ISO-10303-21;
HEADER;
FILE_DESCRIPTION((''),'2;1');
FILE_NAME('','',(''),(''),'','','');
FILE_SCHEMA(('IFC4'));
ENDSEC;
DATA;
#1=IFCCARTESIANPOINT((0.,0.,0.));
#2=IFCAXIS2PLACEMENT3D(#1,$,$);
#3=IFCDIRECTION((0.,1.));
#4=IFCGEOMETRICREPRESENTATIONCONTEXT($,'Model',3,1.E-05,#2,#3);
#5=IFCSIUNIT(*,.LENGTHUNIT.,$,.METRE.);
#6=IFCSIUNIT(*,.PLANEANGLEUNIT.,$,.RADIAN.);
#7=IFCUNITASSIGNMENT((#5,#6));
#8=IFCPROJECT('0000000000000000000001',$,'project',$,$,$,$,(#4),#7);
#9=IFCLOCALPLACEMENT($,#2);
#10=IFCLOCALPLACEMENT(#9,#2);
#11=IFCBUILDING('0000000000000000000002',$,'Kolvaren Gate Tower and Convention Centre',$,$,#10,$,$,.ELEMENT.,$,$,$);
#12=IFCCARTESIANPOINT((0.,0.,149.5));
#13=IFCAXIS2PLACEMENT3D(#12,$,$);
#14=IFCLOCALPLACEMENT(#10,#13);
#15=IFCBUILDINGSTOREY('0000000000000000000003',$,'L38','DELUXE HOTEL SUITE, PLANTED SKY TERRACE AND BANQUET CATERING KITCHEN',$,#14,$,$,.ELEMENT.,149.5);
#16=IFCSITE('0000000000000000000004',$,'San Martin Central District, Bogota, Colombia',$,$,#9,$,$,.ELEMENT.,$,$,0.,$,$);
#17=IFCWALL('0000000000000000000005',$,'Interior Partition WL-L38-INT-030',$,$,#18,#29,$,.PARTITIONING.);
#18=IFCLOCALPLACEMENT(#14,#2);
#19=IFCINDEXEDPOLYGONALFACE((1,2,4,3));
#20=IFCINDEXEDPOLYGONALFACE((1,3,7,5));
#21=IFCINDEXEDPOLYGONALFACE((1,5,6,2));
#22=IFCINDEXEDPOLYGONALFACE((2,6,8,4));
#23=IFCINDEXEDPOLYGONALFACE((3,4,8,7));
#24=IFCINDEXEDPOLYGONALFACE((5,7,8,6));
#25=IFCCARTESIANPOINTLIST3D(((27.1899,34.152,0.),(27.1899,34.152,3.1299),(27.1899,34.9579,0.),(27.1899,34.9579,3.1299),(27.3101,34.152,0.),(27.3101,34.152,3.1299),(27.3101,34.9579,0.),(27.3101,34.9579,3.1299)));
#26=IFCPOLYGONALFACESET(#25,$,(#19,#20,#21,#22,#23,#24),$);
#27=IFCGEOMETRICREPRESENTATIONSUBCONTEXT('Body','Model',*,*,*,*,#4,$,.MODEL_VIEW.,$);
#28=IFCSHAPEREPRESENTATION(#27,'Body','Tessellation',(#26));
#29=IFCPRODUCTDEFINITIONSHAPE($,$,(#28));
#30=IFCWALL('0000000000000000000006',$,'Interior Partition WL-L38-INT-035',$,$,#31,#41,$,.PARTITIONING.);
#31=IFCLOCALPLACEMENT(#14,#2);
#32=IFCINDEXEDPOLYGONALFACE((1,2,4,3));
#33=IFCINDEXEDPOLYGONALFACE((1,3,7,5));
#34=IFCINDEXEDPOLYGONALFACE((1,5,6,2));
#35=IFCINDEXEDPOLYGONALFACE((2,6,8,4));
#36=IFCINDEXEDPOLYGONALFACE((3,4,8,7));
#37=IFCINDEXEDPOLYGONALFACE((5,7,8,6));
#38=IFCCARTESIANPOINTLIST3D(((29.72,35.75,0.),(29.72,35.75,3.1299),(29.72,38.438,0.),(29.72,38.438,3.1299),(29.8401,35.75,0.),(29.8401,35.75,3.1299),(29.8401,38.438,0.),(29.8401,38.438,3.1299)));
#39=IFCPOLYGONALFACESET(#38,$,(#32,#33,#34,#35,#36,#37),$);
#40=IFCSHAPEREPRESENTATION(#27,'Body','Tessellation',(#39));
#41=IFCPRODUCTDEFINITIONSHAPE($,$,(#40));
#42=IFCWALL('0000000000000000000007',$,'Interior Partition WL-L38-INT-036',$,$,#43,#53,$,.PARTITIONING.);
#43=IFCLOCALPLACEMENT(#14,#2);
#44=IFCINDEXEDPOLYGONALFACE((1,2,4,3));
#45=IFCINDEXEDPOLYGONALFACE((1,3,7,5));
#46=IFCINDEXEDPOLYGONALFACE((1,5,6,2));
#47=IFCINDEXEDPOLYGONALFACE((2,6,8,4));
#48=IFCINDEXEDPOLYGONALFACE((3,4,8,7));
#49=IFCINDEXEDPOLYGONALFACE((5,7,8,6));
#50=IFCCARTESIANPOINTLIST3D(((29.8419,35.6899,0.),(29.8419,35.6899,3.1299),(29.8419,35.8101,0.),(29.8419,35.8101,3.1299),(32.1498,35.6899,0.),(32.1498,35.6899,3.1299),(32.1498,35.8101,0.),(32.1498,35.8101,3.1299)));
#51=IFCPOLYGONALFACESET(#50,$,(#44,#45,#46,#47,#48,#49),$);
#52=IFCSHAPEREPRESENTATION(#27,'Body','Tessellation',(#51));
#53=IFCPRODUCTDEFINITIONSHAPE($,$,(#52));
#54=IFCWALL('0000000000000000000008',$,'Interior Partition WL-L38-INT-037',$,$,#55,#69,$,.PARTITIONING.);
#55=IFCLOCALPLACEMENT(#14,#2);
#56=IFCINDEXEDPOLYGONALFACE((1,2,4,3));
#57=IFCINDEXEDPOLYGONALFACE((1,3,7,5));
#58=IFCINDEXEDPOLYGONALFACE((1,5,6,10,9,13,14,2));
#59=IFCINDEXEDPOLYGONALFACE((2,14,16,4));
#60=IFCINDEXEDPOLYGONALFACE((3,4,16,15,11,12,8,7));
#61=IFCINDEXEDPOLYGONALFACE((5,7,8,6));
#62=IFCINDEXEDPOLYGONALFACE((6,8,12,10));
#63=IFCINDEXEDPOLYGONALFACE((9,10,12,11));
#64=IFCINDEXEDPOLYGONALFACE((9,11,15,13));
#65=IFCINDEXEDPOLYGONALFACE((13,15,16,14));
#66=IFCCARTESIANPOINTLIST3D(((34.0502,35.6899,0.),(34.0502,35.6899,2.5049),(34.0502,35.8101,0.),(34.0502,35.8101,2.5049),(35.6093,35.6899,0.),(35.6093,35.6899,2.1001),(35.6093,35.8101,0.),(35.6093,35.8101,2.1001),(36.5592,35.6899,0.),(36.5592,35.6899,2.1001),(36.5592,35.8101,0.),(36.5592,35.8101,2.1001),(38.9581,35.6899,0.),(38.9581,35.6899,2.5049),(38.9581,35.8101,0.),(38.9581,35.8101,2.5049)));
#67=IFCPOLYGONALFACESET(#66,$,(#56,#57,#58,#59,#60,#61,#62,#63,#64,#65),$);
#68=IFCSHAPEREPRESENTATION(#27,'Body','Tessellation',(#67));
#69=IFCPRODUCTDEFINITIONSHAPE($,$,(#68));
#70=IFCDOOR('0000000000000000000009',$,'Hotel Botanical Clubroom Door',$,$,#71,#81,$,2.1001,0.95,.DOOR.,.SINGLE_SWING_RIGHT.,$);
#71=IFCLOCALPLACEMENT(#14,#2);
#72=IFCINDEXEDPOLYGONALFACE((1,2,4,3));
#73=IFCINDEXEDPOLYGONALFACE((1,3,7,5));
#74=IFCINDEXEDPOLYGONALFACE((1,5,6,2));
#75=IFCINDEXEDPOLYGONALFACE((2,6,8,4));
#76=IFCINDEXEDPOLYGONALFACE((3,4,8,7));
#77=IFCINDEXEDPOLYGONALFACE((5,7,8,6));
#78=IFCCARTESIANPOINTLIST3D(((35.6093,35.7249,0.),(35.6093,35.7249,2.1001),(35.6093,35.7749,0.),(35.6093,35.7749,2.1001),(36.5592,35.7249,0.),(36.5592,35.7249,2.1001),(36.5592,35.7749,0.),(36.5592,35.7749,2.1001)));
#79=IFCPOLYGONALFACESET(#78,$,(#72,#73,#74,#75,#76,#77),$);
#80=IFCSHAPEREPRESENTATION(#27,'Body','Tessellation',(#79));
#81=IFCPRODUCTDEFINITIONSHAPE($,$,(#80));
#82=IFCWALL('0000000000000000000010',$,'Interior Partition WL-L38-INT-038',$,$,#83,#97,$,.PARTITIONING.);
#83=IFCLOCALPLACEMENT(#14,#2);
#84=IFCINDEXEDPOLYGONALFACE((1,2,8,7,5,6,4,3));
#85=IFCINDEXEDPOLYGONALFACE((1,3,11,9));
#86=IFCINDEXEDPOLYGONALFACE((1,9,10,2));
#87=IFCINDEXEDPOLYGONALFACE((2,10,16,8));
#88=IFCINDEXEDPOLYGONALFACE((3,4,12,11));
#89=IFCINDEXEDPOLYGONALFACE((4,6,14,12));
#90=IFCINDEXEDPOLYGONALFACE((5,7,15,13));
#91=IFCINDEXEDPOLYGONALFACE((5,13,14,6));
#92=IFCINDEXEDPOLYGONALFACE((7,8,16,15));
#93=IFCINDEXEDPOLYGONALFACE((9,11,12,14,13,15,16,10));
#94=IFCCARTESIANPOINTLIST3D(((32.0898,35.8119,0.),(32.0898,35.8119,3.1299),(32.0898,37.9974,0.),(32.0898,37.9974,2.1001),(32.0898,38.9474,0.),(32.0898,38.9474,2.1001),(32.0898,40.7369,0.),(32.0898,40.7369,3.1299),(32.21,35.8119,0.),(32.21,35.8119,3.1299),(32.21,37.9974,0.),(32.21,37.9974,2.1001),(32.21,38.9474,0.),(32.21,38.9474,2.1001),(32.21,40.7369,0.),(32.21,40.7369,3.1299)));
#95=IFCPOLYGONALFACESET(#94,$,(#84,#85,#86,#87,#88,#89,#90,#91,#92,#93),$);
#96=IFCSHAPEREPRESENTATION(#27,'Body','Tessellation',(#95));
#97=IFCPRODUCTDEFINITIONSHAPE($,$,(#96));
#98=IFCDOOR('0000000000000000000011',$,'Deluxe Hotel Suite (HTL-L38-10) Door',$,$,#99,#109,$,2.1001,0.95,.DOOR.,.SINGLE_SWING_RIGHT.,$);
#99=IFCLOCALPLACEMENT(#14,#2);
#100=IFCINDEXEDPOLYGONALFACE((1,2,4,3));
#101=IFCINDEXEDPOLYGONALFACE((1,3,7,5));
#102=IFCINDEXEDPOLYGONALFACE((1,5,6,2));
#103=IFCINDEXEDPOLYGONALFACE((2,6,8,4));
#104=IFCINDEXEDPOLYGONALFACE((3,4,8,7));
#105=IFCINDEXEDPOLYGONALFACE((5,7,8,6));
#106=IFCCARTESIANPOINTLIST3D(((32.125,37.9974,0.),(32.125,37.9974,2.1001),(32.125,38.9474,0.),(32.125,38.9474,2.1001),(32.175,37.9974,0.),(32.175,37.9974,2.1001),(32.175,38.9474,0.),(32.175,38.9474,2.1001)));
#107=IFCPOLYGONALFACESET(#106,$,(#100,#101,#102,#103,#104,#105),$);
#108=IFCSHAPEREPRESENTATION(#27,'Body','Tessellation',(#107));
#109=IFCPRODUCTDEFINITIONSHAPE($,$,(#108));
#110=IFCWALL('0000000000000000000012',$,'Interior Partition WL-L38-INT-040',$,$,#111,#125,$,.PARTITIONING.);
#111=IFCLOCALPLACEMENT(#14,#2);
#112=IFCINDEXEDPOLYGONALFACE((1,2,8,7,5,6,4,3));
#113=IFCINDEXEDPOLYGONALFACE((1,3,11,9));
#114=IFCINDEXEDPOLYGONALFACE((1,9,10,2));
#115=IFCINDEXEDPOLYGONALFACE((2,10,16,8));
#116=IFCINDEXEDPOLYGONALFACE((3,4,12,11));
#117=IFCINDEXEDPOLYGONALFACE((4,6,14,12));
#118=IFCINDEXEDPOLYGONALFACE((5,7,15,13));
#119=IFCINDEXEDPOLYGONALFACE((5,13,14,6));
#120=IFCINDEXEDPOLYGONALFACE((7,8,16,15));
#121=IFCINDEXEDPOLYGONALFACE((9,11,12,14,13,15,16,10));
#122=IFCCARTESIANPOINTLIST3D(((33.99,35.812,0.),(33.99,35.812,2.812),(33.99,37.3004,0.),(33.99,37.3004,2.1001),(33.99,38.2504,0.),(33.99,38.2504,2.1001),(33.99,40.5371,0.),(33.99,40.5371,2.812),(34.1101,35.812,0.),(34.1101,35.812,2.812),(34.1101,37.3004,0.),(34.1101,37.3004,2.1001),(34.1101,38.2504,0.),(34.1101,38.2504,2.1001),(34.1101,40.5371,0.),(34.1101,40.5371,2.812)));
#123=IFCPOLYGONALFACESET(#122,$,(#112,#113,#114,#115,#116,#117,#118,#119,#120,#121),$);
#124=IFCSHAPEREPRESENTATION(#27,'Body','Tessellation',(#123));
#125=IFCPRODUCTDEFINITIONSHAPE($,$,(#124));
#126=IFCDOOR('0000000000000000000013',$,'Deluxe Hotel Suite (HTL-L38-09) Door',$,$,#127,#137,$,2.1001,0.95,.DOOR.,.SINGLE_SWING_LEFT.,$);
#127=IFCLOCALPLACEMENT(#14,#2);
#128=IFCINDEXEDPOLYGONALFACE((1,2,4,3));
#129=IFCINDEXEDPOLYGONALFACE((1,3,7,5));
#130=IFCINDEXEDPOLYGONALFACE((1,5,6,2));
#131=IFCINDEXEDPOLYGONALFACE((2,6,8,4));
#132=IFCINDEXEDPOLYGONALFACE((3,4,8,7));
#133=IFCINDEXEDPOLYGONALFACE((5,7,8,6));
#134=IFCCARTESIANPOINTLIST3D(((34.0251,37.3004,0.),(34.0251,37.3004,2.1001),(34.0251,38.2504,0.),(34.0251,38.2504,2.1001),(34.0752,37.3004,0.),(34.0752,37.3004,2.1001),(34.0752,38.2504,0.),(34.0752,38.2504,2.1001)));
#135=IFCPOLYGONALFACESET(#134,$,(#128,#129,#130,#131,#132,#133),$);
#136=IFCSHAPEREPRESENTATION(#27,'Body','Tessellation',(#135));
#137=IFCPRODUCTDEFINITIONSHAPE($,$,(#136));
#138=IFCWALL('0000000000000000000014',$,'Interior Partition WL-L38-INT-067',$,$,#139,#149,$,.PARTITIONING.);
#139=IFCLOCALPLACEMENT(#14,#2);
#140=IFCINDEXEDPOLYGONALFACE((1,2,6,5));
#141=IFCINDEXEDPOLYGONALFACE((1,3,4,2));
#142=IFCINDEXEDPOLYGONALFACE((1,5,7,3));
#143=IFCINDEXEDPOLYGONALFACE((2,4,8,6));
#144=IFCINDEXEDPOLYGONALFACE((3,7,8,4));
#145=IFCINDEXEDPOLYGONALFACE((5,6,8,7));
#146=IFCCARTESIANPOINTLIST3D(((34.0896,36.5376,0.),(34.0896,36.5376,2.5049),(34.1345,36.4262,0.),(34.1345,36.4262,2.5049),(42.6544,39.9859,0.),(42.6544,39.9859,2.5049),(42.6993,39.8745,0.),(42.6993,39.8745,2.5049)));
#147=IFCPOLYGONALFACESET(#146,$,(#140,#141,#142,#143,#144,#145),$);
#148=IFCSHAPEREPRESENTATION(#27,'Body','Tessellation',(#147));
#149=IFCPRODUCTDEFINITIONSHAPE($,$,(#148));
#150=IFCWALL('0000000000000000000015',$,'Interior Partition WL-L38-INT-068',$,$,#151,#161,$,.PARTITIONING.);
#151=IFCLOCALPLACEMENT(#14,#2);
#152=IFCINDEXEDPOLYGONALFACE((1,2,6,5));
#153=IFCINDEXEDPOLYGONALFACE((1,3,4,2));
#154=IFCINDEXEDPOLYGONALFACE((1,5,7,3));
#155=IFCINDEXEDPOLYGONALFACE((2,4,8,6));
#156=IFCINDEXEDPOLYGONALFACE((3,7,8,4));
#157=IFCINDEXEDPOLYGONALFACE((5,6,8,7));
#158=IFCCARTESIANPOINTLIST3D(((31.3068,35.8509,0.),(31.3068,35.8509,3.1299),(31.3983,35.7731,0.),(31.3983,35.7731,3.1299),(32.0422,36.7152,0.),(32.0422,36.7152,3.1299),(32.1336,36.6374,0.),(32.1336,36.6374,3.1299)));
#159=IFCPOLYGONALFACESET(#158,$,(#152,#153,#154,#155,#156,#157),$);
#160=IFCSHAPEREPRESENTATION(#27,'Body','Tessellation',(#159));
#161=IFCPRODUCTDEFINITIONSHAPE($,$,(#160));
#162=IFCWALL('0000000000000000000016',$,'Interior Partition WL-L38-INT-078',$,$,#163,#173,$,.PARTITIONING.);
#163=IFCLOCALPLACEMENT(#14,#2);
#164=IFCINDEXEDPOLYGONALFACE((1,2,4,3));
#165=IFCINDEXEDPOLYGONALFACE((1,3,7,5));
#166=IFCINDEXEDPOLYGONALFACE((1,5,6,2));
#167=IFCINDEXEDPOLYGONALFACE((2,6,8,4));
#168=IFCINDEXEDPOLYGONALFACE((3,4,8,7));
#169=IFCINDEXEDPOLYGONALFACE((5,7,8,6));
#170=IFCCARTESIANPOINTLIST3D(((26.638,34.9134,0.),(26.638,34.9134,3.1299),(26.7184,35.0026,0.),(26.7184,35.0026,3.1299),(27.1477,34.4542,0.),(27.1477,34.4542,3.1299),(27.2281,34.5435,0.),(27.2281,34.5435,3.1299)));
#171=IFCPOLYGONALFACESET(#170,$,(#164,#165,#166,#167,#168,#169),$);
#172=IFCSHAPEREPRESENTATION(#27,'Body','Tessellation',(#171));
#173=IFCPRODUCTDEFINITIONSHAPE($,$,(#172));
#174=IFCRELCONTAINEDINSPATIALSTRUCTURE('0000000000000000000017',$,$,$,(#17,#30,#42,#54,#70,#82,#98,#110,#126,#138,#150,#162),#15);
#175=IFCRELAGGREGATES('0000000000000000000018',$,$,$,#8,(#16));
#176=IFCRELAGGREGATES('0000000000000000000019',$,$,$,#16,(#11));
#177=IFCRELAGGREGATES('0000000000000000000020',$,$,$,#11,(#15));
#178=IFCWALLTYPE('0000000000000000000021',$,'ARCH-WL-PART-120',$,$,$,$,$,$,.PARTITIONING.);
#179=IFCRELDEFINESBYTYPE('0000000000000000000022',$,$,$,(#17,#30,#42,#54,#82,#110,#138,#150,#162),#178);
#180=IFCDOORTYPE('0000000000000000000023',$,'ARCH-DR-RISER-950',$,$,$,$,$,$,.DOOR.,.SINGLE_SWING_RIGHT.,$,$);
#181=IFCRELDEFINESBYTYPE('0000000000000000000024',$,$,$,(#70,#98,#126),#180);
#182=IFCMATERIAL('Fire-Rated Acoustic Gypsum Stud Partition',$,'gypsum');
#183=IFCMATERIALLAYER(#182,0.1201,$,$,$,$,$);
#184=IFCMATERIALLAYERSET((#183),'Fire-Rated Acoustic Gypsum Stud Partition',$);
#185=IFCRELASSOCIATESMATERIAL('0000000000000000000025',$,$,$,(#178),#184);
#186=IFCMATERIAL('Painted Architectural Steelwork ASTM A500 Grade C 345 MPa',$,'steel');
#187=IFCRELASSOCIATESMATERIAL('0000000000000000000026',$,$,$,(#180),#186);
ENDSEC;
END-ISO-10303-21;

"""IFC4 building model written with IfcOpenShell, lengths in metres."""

from ifc_helpers import new_model, si_unit, direction, frame, frame_2d, origin, place, context, subcontext, project, spatial, rectangle, extrude, material, layer, layer_set, type_object, element, fill, save


model = new_model("IFC4")

# Units and contexts
model_context = context("Model", 3, precision=1e-05, world=origin(), true_north=direction((0.0, 1.0)))
body_context = subcontext(model_context, "Body", "Model", "MODEL_VIEW")
ifc_project = project(units=[si_unit("LENGTHUNIT", "METRE"), si_unit("PLANEANGLEUNIT", "RADIAN")], contexts=[model_context])

# Site, building, storey
site_placement = place(None, origin())
site = spatial("IfcSite", under=ifc_project, at=site_placement, Name="San Martin Central District, Bogota, Colombia", CompositionType="ELEMENT", RefElevation=0.0)
building_placement = place(site_placement, origin())
building = spatial("IfcBuilding", under=site, at=building_placement, Name="Kolvaren Gate Tower and Convention Centre", CompositionType="ELEMENT")
storey_placement = place(building_placement, frame((0.0, 0.0, 149.5)))
storey = spatial("IfcBuildingStorey", under=building, at=storey_placement, Name="L38", Description="DELUXE HOTEL SUITE, PLANTED SKY TERRACE AND BANQUET CATERING KITCHEN", CompositionType="ELEMENT", Elevation=149.5)

# Walls
ifc_material_1 = material(Name="Fire-Rated Acoustic Gypsum Stud Partition", Category="gypsum")
ifc_layer_1 = layer(ifc_material_1, 0.1201)
ifc_layer_set_1 = layer_set([ifc_layer_1], Name="Fire-Rated Acoustic Gypsum Stud Partition")
wall_type_1 = type_object("IfcWallType", Name="ARCH-WL-PART-120", PredefinedType="PARTITIONING", material=ifc_layer_set_1)
wall_1_placement = place(storey_placement, frame((27.25, 34.1521, 0.0), z_axis=(0.0, 0.0, 1.0), x_axis=(0.0, 1.0, 0.0)))
element("IfcWall", 1, at=wall_1_placement, inside=storey, type_object=wall_type_1, Name="Interior Partition WL-L38-INT-030", PredefinedType="PARTITIONING", context=body_context, shape_type="SweptSolid", body=[
    extrude(rectangle(XDim=0.8059, YDim=0.1201, at=frame_2d((0.4028, 0.0))), origin(), (0.0, 0.0, 1.0), 3.1299),
])
wall_2_placement = place(storey_placement, frame((29.78, 35.75, 0.0), z_axis=(0.0, 0.0, 1.0), x_axis=(0.0, 1.0, 0.0)))
element("IfcWall", 2, at=wall_2_placement, inside=storey, type_object=wall_type_1, Name="Interior Partition WL-L38-INT-035", PredefinedType="PARTITIONING", context=body_context, shape_type="SweptSolid", body=[
    extrude(rectangle(XDim=2.688, YDim=0.1201, at=frame_2d((1.344, 0.0))), origin(), (0.0, 0.0, 1.0), 3.1299),
])
wall_3_placement = place(storey_placement, frame((29.842, 35.75, 0.0), z_axis=(0.0, 0.0, 1.0), x_axis=(1.0, 0.0, 0.0)))
element("IfcWall", 3, at=wall_3_placement, inside=storey, type_object=wall_type_1, Name="Interior Partition WL-L38-INT-036", PredefinedType="PARTITIONING", context=body_context, shape_type="SweptSolid", body=[
    extrude(rectangle(XDim=2.3079, YDim=0.1201, at=frame_2d((1.1538, 0.0))), origin(), (0.0, 0.0, 1.0), 3.1299),
])

# Walls, openings, doors
wall_4_placement = place(storey_placement, frame((34.05, 35.75, 0.0), z_axis=(0.0, 0.0, 1.0), x_axis=(1.0, 0.0, 0.0)))
wall_4 = element("IfcWall", 4, at=wall_4_placement, inside=storey, type_object=wall_type_1, Name="Interior Partition WL-L38-INT-037", PredefinedType="PARTITIONING", context=body_context, shape_type="SweptSolid", body=[
    extrude(rectangle(XDim=4.908, YDim=0.1201, at=frame_2d((2.4541, 0.0))), origin(), (0.0, 0.0, 1.0), 2.5049),
])
opening_1_placement = place(wall_4_placement, frame((1.5591, 0.0, 0.0)))
opening_1 = element("IfcOpeningElement", 5, at=opening_1_placement, cuts=wall_4, PredefinedType="OPENING", context=body_context, shape_type="SweptSolid", body=[
    extrude(rectangle(XDim=0.95, YDim=2.1001, at=frame_2d((0.4751, 1.05))), frame((0.0, 0.0701, 0.0), z_axis=(0.0, -1.0, 0.0), x_axis=(1.0, 0.0, 0.0)), (0.0, 0.0, 1.0), 0.1401),
])
ifc_material_2 = material(Name="Painted Architectural Steelwork ASTM A500 Grade C 345 MPa", Category="steel")
door_type_1 = type_object("IfcDoorType", Name="ARCH-DR-RISER-950", OperationType="SINGLE_SWING_RIGHT", PredefinedType="DOOR", material=ifc_material_2)
door_1_placement = place(opening_1_placement, origin())
door_1 = element("IfcDoor", 6, at=door_1_placement, inside=storey, type_object=door_type_1, Name="Hotel Botanical Clubroom Door", OperationType="SINGLE_SWING_RIGHT", OverallHeight=2.1001, OverallWidth=0.95, PredefinedType="DOOR", context=body_context, shape_type="SweptSolid", body=[
    extrude(rectangle(XDim=0.95, YDim=2.1001, at=frame_2d((0.4751, 1.05))), frame((0.0, 0.0249, 0.0), z_axis=(0.0, -1.0, 0.0), x_axis=(1.0, 0.0, 0.0)), (0.0, 0.0, 1.0), 0.05),
])
fill(opening_1, door_1)
wall_5_placement = place(storey_placement, frame((32.1499, 35.812, 0.0), z_axis=(0.0, 0.0, 1.0), x_axis=(0.0, 1.0, 0.0)))
wall_5 = element("IfcWall", 7, at=wall_5_placement, inside=storey, type_object=wall_type_1, Name="Interior Partition WL-L38-INT-038", PredefinedType="PARTITIONING", context=body_context, shape_type="SweptSolid", body=[
    extrude(rectangle(XDim=4.925, YDim=0.1201, at=frame_2d((2.4624, 0.0))), origin(), (0.0, 0.0, 1.0), 3.1299),
])
opening_2_placement = place(wall_5_placement, frame((2.1853, 0.0, 0.0)))
opening_2 = element("IfcOpeningElement", 8, at=opening_2_placement, cuts=wall_5, PredefinedType="OPENING", context=body_context, shape_type="SweptSolid", body=[
    extrude(rectangle(XDim=0.95, YDim=2.1001, at=frame_2d((0.4751, 1.05))), frame((0.0, 0.0701, 0.0), z_axis=(0.0, -1.0, 0.0), x_axis=(1.0, 0.0, 0.0)), (0.0, 0.0, 1.0), 0.1401),
])
door_2_placement = place(opening_2_placement, origin())
door_2 = element("IfcDoor", 9, at=door_2_placement, inside=storey, type_object=door_type_1, Name="Deluxe Hotel Suite (HTL-L38-10) Door", OperationType="SINGLE_SWING_RIGHT", OverallHeight=2.1001, OverallWidth=0.95, PredefinedType="DOOR", context=body_context, shape_type="SweptSolid", body=[
    extrude(rectangle(XDim=0.95, YDim=2.1001, at=frame_2d((0.4751, 1.05))), frame((0.0, 0.0249, 0.0), z_axis=(0.0, -1.0, 0.0), x_axis=(1.0, 0.0, 0.0)), (0.0, 0.0, 1.0), 0.05),
])
fill(opening_2, door_2)
wall_6_placement = place(storey_placement, frame((34.05, 35.812, 0.0), z_axis=(0.0, 0.0, 1.0), x_axis=(0.0, 1.0, 0.0)))
wall_6 = element("IfcWall", 10, at=wall_6_placement, inside=storey, type_object=wall_type_1, Name="Interior Partition WL-L38-INT-040", PredefinedType="PARTITIONING", context=body_context, shape_type="SweptSolid", body=[
    extrude(rectangle(XDim=4.7251, YDim=0.1201, at=frame_2d((2.3625, 0.0))), origin(), (0.0, 0.0, 1.0), 2.812),
])
opening_3_placement = place(wall_6_placement, frame((1.4883, 0.0, 0.0)))
opening_3 = element("IfcOpeningElement", 11, at=opening_3_placement, cuts=wall_6, PredefinedType="OPENING", context=body_context, shape_type="SweptSolid", body=[
    extrude(rectangle(XDim=0.95, YDim=2.1001, at=frame_2d((0.4751, 1.05))), frame((0.0, 0.0701, 0.0), z_axis=(0.0, -1.0, 0.0), x_axis=(1.0, 0.0, 0.0)), (0.0, 0.0, 1.0), 0.1401),
])
door_3_placement = place(opening_3_placement, origin())
door_3 = element("IfcDoor", 12, at=door_3_placement, inside=storey, type_object=door_type_1, Name="Deluxe Hotel Suite (HTL-L38-09) Door", OperationType="SINGLE_SWING_LEFT", OverallHeight=2.1001, OverallWidth=0.95, PredefinedType="DOOR", context=body_context, shape_type="SweptSolid", body=[
    extrude(rectangle(XDim=0.95, YDim=2.1001, at=frame_2d((0.4751, 1.05))), frame((0.0, 0.0249, 0.0), z_axis=(0.0, -1.0, 0.0), x_axis=(1.0, 0.0, 0.0)), (0.0, 0.0, 1.0), 0.05),
])
fill(opening_3, door_3)

# Walls
wall_7_placement = place(storey_placement, frame((34.1121, 36.4819, 0.0), z_axis=(0.0, 0.0, 1.0), x_axis=(0.927639, 0.373478, 0.0)))
element("IfcWall", 13, at=wall_7_placement, inside=storey, type_object=wall_type_1, Name="Interior Partition WL-L38-INT-067", PredefinedType="PARTITIONING", context=body_context, shape_type="SweptSolid", body=[
    extrude(rectangle(XDim=9.2329, YDim=0.1201, at=frame_2d((4.6165, 0.0))), origin(), (0.0, 0.0, 1.0), 2.5049),
])
wall_8_placement = place(storey_placement, frame((31.3525, 35.812, 0.0), z_axis=(0.0, 0.0, 1.0), x_axis=(0.648023, 0.761621, 0.0)))
element("IfcWall", 14, at=wall_8_placement, inside=storey, type_object=wall_type_1, Name="Interior Partition WL-L38-INT-068", PredefinedType="PARTITIONING", context=body_context, shape_type="SweptSolid", body=[
    extrude(rectangle(XDim=1.1348, YDim=0.1201, at=frame_2d((0.5674, 0.0))), origin(), (0.0, 0.0, 1.0), 3.1299),
])
wall_9_placement = place(storey_placement, frame((26.6782, 34.958, 0.0), z_axis=(0.0, 0.0, 1.0), x_axis=(0.742976, -0.669319, 0.0)))
element("IfcWall", 15, at=wall_9_placement, inside=storey, type_object=wall_type_1, Name="Interior Partition WL-L38-INT-078", PredefinedType="PARTITIONING", context=body_context, shape_type="SweptSolid", body=[
    extrude(rectangle(XDim=0.686, YDim=0.1201, at=frame_2d((0.343, 0.0))), origin(), (0.0, 0.0, 1.0), 3.1299),
])

save(model, "model.ifc")
